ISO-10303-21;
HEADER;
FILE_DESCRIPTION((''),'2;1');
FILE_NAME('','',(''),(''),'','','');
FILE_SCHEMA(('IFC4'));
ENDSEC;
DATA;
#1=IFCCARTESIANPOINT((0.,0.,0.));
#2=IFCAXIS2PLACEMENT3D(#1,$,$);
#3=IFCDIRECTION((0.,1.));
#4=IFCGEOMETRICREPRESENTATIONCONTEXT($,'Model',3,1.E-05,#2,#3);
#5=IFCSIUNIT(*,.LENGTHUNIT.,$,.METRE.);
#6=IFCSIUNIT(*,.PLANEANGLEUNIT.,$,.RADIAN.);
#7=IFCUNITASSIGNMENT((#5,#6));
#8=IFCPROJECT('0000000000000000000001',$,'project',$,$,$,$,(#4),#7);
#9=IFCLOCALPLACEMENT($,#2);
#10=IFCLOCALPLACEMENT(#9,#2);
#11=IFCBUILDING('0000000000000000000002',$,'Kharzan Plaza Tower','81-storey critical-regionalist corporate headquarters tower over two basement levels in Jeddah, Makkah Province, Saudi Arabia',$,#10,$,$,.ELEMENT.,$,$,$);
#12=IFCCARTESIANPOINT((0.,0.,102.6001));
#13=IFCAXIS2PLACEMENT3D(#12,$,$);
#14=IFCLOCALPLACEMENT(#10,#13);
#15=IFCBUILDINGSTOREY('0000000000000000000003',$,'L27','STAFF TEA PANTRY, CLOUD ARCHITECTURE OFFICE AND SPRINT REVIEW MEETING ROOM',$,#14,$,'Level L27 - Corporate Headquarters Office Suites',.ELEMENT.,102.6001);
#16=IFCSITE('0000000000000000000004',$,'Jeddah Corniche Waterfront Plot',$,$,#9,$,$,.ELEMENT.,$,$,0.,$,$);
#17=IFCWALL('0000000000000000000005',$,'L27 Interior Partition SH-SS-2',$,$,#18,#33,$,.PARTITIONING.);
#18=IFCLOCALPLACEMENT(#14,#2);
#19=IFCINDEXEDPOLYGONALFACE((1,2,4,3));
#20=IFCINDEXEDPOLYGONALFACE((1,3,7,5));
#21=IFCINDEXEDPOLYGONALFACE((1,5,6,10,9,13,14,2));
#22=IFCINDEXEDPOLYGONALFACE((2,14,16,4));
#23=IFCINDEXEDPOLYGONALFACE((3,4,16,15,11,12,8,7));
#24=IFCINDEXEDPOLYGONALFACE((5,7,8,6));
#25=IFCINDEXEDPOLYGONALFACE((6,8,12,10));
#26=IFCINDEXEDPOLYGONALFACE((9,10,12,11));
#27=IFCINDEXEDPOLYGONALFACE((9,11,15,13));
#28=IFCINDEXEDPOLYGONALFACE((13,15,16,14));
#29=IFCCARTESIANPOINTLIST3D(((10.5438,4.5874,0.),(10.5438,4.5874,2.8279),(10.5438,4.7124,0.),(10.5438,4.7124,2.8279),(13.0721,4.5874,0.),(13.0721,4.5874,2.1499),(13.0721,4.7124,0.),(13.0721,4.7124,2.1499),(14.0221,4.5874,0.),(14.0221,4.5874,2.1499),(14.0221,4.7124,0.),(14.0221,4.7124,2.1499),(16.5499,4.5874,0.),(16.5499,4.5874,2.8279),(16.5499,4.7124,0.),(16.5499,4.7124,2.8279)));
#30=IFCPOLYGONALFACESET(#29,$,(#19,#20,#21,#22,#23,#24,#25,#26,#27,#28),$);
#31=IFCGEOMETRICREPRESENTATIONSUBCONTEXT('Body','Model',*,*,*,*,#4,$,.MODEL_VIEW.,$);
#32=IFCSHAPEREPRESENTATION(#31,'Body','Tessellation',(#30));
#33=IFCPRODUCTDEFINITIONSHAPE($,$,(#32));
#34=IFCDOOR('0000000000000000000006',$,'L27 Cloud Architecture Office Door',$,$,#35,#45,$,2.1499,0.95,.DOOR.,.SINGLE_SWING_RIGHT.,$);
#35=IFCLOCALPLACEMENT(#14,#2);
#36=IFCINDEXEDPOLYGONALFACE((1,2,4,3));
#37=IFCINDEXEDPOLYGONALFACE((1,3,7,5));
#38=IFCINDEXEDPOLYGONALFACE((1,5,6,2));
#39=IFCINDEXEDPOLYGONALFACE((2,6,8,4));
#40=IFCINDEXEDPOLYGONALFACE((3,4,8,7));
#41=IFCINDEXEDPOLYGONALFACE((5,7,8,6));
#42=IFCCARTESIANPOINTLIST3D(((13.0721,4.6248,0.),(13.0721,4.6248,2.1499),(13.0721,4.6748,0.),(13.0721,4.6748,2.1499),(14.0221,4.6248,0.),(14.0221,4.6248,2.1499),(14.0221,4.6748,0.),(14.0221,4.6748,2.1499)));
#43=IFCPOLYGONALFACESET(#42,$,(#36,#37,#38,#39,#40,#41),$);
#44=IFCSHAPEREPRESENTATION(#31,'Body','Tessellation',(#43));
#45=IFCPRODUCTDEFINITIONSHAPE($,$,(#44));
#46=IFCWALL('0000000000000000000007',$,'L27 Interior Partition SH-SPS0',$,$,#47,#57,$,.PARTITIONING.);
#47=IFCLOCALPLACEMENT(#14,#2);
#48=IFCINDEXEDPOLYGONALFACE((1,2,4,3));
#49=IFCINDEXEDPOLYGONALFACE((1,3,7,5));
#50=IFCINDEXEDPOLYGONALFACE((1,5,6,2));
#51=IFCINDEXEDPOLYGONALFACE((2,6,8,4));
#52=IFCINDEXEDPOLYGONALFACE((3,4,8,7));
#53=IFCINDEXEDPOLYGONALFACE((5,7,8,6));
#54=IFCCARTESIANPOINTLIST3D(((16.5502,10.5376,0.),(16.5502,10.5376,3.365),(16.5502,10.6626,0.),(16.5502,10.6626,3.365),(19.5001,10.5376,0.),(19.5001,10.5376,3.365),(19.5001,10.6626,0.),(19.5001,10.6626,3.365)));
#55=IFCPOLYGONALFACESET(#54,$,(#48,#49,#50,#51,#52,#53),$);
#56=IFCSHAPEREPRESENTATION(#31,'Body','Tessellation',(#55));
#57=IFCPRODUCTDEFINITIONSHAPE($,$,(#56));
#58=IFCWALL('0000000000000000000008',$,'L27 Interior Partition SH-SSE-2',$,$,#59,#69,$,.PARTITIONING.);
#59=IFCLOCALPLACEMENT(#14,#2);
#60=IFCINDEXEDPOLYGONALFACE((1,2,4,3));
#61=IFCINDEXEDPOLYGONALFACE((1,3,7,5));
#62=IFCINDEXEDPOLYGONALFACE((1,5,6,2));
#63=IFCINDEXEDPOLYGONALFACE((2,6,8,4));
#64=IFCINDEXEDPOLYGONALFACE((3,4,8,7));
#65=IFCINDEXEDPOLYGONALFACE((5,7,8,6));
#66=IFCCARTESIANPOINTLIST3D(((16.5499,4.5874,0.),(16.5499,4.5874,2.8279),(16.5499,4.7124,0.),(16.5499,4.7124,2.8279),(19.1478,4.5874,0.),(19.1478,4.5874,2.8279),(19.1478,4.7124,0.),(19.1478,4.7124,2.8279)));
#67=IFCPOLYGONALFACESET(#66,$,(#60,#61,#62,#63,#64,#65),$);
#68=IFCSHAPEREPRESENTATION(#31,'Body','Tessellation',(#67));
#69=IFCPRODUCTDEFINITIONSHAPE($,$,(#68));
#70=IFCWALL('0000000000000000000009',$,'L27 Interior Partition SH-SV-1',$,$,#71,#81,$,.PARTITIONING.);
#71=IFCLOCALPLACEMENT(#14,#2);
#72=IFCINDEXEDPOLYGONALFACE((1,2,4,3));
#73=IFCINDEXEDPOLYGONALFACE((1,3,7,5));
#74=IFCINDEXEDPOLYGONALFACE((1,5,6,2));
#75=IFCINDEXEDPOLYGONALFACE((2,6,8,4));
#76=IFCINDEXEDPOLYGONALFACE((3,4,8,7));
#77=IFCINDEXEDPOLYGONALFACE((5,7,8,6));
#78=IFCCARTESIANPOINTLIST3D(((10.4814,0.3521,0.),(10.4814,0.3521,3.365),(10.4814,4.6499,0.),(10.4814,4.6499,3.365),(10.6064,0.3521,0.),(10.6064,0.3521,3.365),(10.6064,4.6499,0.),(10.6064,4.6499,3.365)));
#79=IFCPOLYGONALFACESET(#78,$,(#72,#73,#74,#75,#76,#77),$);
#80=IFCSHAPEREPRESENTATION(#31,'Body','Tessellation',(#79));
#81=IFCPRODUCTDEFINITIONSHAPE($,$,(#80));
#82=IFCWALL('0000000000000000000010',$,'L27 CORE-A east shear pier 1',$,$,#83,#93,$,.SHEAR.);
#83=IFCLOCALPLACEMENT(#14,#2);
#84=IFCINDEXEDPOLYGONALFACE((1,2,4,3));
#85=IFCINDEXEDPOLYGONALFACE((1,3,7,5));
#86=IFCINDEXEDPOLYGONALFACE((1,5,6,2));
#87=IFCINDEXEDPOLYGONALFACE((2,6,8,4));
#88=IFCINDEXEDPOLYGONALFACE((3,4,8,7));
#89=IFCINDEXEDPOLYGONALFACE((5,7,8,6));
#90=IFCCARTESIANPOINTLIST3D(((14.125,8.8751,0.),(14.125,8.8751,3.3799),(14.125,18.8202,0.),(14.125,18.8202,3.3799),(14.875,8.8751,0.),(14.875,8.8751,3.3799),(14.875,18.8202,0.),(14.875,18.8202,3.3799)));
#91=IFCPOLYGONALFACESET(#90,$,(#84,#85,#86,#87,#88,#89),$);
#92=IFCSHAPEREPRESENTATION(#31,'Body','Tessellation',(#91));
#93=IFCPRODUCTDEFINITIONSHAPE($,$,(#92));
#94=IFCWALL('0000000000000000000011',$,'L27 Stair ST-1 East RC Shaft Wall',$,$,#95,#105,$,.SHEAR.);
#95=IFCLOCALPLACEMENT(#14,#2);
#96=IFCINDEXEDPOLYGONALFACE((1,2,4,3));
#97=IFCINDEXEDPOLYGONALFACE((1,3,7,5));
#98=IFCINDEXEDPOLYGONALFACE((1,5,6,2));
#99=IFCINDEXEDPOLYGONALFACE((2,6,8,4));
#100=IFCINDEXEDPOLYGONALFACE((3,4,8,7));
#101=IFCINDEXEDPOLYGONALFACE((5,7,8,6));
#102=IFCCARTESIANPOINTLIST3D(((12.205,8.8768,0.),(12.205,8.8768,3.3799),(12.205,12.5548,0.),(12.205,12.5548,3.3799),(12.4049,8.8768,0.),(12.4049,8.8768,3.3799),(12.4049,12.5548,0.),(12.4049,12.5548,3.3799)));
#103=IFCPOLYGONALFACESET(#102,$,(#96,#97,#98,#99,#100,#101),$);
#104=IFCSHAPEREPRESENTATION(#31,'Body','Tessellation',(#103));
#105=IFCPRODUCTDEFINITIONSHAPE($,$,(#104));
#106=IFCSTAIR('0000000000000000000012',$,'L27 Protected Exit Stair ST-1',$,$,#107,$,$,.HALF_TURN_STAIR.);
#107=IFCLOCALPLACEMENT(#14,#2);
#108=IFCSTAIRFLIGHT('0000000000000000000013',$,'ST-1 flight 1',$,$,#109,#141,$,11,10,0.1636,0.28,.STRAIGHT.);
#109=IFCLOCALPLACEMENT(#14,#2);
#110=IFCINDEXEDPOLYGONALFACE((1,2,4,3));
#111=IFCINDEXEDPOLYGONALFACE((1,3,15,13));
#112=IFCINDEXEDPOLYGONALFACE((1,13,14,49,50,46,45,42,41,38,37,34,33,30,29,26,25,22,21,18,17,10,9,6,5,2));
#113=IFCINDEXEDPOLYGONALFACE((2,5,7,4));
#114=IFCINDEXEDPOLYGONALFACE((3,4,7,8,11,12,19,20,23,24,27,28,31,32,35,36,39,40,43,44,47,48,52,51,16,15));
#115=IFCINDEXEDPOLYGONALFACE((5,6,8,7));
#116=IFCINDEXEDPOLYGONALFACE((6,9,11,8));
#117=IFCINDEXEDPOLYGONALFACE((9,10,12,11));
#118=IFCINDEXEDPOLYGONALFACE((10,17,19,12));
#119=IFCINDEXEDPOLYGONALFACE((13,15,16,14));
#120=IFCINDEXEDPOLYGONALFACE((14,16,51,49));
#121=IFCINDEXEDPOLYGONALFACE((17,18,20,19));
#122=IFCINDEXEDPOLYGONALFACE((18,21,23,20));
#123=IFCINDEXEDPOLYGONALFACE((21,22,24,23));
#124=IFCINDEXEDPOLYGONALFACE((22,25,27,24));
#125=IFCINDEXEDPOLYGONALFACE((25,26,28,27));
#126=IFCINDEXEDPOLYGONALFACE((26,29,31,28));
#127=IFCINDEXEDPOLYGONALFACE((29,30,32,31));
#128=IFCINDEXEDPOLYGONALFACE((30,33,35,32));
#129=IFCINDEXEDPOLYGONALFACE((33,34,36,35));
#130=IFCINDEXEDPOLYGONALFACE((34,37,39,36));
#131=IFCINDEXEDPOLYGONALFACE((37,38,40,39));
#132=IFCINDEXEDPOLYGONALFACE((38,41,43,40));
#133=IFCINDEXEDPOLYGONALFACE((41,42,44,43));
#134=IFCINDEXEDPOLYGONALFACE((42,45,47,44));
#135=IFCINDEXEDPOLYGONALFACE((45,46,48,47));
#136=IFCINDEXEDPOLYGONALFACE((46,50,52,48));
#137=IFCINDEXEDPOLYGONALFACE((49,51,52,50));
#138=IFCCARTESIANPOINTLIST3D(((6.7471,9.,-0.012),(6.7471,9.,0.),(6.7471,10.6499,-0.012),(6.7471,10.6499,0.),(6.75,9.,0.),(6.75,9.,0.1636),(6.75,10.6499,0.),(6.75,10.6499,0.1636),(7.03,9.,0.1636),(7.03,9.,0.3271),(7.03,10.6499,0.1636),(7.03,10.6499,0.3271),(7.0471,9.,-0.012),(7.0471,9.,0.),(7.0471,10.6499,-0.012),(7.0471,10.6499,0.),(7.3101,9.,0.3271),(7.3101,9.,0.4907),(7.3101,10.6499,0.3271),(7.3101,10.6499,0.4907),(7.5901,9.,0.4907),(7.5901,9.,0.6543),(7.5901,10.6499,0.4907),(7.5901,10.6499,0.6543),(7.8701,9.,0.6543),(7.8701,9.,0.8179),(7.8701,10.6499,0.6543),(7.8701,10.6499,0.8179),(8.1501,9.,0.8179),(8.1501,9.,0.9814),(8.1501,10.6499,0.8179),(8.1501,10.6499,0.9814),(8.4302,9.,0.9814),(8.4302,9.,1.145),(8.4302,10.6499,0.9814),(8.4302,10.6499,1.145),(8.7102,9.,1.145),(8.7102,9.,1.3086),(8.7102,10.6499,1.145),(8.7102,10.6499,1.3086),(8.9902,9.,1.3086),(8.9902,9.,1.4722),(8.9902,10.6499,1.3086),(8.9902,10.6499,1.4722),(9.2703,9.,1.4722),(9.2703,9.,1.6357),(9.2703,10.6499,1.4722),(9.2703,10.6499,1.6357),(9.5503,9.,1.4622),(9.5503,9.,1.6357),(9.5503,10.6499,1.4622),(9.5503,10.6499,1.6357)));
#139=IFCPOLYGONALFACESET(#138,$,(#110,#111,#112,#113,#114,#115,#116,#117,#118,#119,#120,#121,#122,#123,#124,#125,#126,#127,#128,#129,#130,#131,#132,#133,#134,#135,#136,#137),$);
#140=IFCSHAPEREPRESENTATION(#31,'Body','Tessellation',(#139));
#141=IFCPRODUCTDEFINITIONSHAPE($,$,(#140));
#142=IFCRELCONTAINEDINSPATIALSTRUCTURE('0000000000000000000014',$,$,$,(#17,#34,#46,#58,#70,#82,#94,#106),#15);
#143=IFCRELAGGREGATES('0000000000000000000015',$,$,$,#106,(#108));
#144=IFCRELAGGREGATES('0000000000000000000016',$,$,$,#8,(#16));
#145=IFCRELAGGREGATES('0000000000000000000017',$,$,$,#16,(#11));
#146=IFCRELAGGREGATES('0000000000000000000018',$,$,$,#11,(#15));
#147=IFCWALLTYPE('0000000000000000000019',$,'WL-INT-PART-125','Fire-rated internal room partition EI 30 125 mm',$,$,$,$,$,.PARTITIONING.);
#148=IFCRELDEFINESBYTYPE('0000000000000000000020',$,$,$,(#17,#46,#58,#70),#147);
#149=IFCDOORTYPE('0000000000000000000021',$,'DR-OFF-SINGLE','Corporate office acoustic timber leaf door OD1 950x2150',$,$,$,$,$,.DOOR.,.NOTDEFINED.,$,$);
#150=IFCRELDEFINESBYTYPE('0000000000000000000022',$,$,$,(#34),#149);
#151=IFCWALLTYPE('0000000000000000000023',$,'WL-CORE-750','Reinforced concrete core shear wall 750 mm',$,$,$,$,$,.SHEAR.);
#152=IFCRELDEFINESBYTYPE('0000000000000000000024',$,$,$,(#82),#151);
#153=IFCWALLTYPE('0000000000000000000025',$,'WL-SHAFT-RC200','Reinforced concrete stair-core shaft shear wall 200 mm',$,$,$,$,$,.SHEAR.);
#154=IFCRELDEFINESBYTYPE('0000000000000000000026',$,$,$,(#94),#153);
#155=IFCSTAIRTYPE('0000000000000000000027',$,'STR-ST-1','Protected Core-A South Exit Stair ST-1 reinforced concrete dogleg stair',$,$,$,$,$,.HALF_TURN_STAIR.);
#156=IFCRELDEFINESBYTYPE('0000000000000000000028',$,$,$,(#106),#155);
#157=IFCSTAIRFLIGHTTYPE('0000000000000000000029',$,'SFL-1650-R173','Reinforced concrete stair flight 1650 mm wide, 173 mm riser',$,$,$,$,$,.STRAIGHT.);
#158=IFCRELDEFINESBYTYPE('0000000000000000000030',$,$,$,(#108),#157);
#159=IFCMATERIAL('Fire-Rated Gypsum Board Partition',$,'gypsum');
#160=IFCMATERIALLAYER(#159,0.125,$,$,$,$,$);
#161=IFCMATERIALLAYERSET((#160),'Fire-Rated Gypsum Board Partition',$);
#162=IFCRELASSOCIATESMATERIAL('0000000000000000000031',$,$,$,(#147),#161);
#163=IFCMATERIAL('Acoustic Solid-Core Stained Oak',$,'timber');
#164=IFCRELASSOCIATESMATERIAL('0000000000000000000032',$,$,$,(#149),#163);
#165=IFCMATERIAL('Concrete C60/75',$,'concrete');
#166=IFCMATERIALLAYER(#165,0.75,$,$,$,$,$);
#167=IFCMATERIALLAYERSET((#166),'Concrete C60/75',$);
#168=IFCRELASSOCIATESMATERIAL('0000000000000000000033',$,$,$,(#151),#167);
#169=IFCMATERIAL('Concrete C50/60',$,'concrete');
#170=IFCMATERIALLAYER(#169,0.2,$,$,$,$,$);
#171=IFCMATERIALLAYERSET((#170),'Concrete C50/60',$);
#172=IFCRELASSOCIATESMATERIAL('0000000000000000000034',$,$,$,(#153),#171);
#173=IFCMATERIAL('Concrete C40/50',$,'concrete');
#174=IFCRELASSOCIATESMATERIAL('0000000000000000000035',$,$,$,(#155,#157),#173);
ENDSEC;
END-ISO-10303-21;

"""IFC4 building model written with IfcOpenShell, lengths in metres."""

from ifc_helpers import new_model, si_unit, direction, frame, frame_2d, origin, place, context, subcontext, project, spatial, polyline, rectangle, outline, extrude, source, transform, mapped, material, layer, layer_set, type_object, element, fill, aggregate, save


model = new_model("IFC4")

# Units and contexts
model_context = context("Model", 3, precision=1e-05, world=origin(), true_north=direction((0.0, 1.0)))
body_context = subcontext(model_context, "Body", "Model", "MODEL_VIEW")
ifc_project = project(units=[si_unit("LENGTHUNIT", "METRE"), si_unit("PLANEANGLEUNIT", "RADIAN")], contexts=[model_context])

# Site, building, storey
site_placement = place(None, origin())
site = spatial("IfcSite", under=ifc_project, at=site_placement, Name="Jeddah Corniche Waterfront Plot", CompositionType="ELEMENT", RefElevation=0.0)
building_placement = place(site_placement, origin())
building = spatial("IfcBuilding", under=site, at=building_placement, Name="Kharzan Plaza Tower", Description="81-storey critical-regionalist corporate headquarters tower over two basement levels in Jeddah, Makkah Province, Saudi Arabia", CompositionType="ELEMENT")
storey_placement = place(building_placement, frame((0.0, 0.0, 102.6001)))
storey = spatial("IfcBuildingStorey", under=building, at=storey_placement, Name="L27", Description="STAFF TEA PANTRY, CLOUD ARCHITECTURE OFFICE AND SPRINT REVIEW MEETING ROOM", LongName="Level L27 - Corporate Headquarters Office Suites", CompositionType="ELEMENT", Elevation=102.6001)

# Shared definitions
ifc_material_1 = material(Name="Concrete C60/75", Category="concrete")

# Shared definitions
ifc_material_2 = material(Name="Concrete C40/50", Category="concrete")

# Wall, opening, door
ifc_material_3 = material(Name="Fire-Rated Gypsum Board Partition", Category="gypsum")
ifc_layer_1 = layer(ifc_material_3, 0.125)
ifc_layer_set_1 = layer_set([ifc_layer_1], Name="Fire-Rated Gypsum Board Partition")
wall_type_1 = type_object("IfcWallType", Name="WL-INT-PART-125", Description="Fire-rated internal room partition EI 30 125 mm", PredefinedType="PARTITIONING", material=ifc_layer_set_1)
ifc_material_4 = material(Name="Acoustic Solid-Core Stained Oak", Category="timber")
door_type = type_object("IfcDoorType", Name="DR-OFF-SINGLE", Description="Corporate office acoustic timber leaf door OD1 950x2150", OperationType="NOTDEFINED", PredefinedType="DOOR", material=ifc_material_4)
shared_shape_1 = source(origin(), body_context, "Body", "SweptSolid", [
    extrude(rectangle(XDim=0.95, YDim=2.1499, at=frame_2d((0.4751, 1.075))), frame((0.0, 0.0249, 0.0), z_axis=(0.0, -1.0, 0.0), x_axis=(1.0, 0.0, 0.0)), (0.0, 0.0, 1.0), 0.05),
])
wall_1_placement = place(storey_placement, frame((10.5439, 4.6499, 0.0), z_axis=(0.0, 0.0, 1.0), x_axis=(1.0, 0.0, 0.0)))
wall_1 = element("IfcWall", 1, at=wall_1_placement, inside=storey, type_object=wall_type_1, Name="L27 Interior Partition SH-SS-2", PredefinedType="PARTITIONING", context=body_context, shape_type="SweptSolid", body=[
    extrude(rectangle(XDim=6.0061, YDim=0.125, at=frame_2d((3.0029, 0.0))), origin(), (0.0, 0.0, 1.0), 2.8279),
])
opening_1_placement = place(wall_1_placement, frame((2.5281, 0.0, 0.0)))
opening_1 = element("IfcOpeningElement", 2, at=opening_1_placement, cuts=wall_1, PredefinedType="OPENING", context=body_context, shape_type="SweptSolid", body=[
    extrude(rectangle(XDim=0.95, YDim=2.1499, at=frame_2d((0.4751, 1.075))), frame((0.0, 0.0725, 0.0), z_axis=(0.0, -1.0, 0.0), x_axis=(1.0, 0.0, 0.0)), (0.0, 0.0, 1.0), 0.145),
])
door_1_placement = place(opening_1_placement, origin())
door_1 = element("IfcDoor", 3, at=door_1_placement, inside=storey, type_object=door_type, Name="L27 Cloud Architecture Office Door", OperationType="SINGLE_SWING_RIGHT", OverallHeight=2.1499, OverallWidth=0.95, PredefinedType="DOOR", context=body_context, shape_type="MappedRepresentation", body=[
    mapped(shared_shape_1, transform((0.0, 0.0, 0.0), x_axis=(1.0, 0.0, 0.0), y_axis=(0.0, 1.0, 0.0), z_axis=(0.0, 0.0, 1.0))),
])
fill(opening_1, door_1)

# Walls
shared_shape_2 = source(origin(), body_context, "Body", "SweptSolid", [
    extrude(rectangle(XDim=2.95, YDim=0.125, at=frame_2d((1.4751, 0.0))), origin(), (0.0, 0.0, 1.0), 3.365),
])
wall_2_placement = place(storey_placement, frame((16.55, 10.6001, 0.0), z_axis=(0.0, 0.0, 1.0), x_axis=(1.0, 0.0, 0.0)))
element("IfcWall", 4, at=wall_2_placement, inside=storey, type_object=wall_type_1, Name="L27 Interior Partition SH-SPS0", PredefinedType="PARTITIONING", context=body_context, shape_type="MappedRepresentation", body=[
    mapped(shared_shape_2, transform((0.0, 0.0, 0.0), x_axis=(1.0, 0.0, 0.0), y_axis=(0.0, 1.0, 0.0), z_axis=(0.0, 0.0, 1.0))),
])
shared_shape_3 = source(origin(), body_context, "Body", "SweptSolid", [
    extrude(rectangle(XDim=2.5979, YDim=0.125, at=frame_2d((1.2988, 0.0))), origin(), (0.0, 0.0, 1.0), 2.8279),
])
wall_3_placement = place(storey_placement, frame((16.55, 4.6499, 0.0), z_axis=(0.0, 0.0, 1.0), x_axis=(1.0, 0.0, 0.0)))
element("IfcWall", 5, at=wall_3_placement, inside=storey, type_object=wall_type_1, Name="L27 Interior Partition SH-SSE-2", PredefinedType="PARTITIONING", context=body_context, shape_type="MappedRepresentation", body=[
    mapped(shared_shape_3, transform((0.0, 0.0, 0.0), x_axis=(1.0, 0.0, 0.0), y_axis=(0.0, 1.0, 0.0), z_axis=(0.0, 0.0, 1.0))),
])
shared_shape_4 = source(origin(), body_context, "Body", "SweptSolid", [
    extrude(rectangle(XDim=4.2979, YDim=0.125, at=frame_2d((2.1489, 0.0))), origin(), (0.0, 0.0, 1.0), 3.365),
])
wall_4_placement = place(storey_placement, frame((10.5439, 0.3521, 0.0), z_axis=(0.0, 0.0, 1.0), x_axis=(0.0, 1.0, 0.0)))
element("IfcWall", 6, at=wall_4_placement, inside=storey, type_object=wall_type_1, Name="L27 Interior Partition SH-SV-1", PredefinedType="PARTITIONING", context=body_context, shape_type="MappedRepresentation", body=[
    mapped(shared_shape_4, transform((0.0, 0.0, 0.0), x_axis=(1.0, 0.0, 0.0), y_axis=(0.0, 1.0, 0.0), z_axis=(0.0, 0.0, 1.0))),
])
ifc_layer_2 = layer(ifc_material_1, 0.75)
ifc_layer_set_2 = layer_set([ifc_layer_2], Name="Concrete C60/75")
wall_type_2 = type_object("IfcWallType", Name="WL-CORE-750", Description="Reinforced concrete core shear wall 750 mm", PredefinedType="SHEAR", material=ifc_layer_set_2)
shared_shape_5 = source(origin(), body_context, "Body", "SweptSolid", [
    extrude(rectangle(XDim=9.9451, YDim=0.75, at=frame_2d((4.9727, 0.0))), origin(), (0.0, 0.0, 1.0), 3.3799),
])
wall_5_placement = place(storey_placement, frame((14.5, 8.875, 0.0), z_axis=(0.0, 0.0, 1.0), x_axis=(0.0, 1.0, 0.0)))
element("IfcWall", 7, at=wall_5_placement, inside=storey, type_object=wall_type_2, Name="L27 CORE-A east shear pier 1", PredefinedType="SHEAR", context=body_context, shape_type="MappedRepresentation", body=[
    mapped(shared_shape_5, transform((0.0, 0.0, 0.0), x_axis=(1.0, 0.0, 0.0), y_axis=(0.0, 1.0, 0.0), z_axis=(0.0, 0.0, 1.0))),
])
ifc_material_5 = material(Name="Concrete C50/60", Category="concrete")
ifc_layer_3 = layer(ifc_material_5, 0.2)
ifc_layer_set_3 = layer_set([ifc_layer_3], Name="Concrete C50/60")
wall_type_3 = type_object("IfcWallType", Name="WL-SHAFT-RC200", Description="Reinforced concrete stair-core shaft shear wall 200 mm", PredefinedType="SHEAR", material=ifc_layer_set_3)
shared_shape_6 = source(origin(), body_context, "Body", "SweptSolid", [
    extrude(rectangle(XDim=3.678, YDim=0.2, at=frame_2d((1.8389, 0.0))), origin(), (0.0, 0.0, 1.0), 3.3799),
])
wall_6_placement = place(storey_placement, frame((12.3049, 8.877, 0.0), z_axis=(0.0, 0.0, 1.0), x_axis=(0.0, 1.0, 0.0)))
element("IfcWall", 8, at=wall_6_placement, inside=storey, type_object=wall_type_3, Name="L27 Stair ST-1 East RC Shaft Wall", PredefinedType="SHEAR", context=body_context, shape_type="MappedRepresentation", body=[
    mapped(shared_shape_6, transform((0.0, 0.0, 0.0), x_axis=(1.0, 0.0, 0.0), y_axis=(0.0, 1.0, 0.0), z_axis=(0.0, 0.0, 1.0))),
])

# Stair, stair flight
stair_type = type_object("IfcStairType", Name="STR-ST-1", Description="Protected Core-A South Exit Stair ST-1 reinforced concrete dogleg stair", PredefinedType="HALF_TURN_STAIR", material=ifc_material_2)
stair_placement = place(storey_placement, origin())
stair = element("IfcStair", 9, at=stair_placement, inside=storey, type_object=stair_type, Name="L27 Protected Exit Stair ST-1", PredefinedType="HALF_TURN_STAIR")
stair_flight_type = type_object("IfcStairFlightType", Name="SFL-1650-R173", Description="Reinforced concrete stair flight 1650 mm wide, 173 mm riser", PredefinedType="STRAIGHT", material=ifc_material_2)
shared_shape_7 = source(origin(), body_context, "Body", "SweptSolid", [
    extrude(outline(polyline([(-0.0029, -0.012), (-0.0029, 0.0), (0.0, 0.0), (0.0, 0.1636), (0.28, 0.1636), (0.28, 0.3271), (0.5601, 0.3271), (0.5601, 0.4907), (0.8401, 0.4907), (0.8401, 0.6543), (1.1201, 0.6543), (1.1201, 0.8179), (1.4001, 0.8179), (1.4001, 0.9814), (1.6802, 0.9814), (1.6802, 1.145), (1.9602, 1.145), (1.9602, 1.3086), (2.2402, 1.3086), (2.2402, 1.4722), (2.5203, 1.4722), (2.5203, 1.6357), (2.8003, 1.6357), (2.8003, 1.7993), (2.8003, 1.4622), (0.2971, 0.0), (0.2971, -0.012), (-0.0029, -0.012)])), frame((0.0, 0.825, 0.0), z_axis=(0.0, -1.0, 0.0), x_axis=(1.0, 0.0, 0.0)), (0.0, 0.0, 1.0), 1.6499),
])
stair_flight_placement = place(storey_placement, frame((6.75, 9.825, 0.0), z_axis=(0.0, 0.0, 1.0), x_axis=(1.0, 0.0, 0.0)))
stair_flight = element("IfcStairFlight", 10, at=stair_flight_placement, type_object=stair_flight_type, Name="ST-1 flight 1", NumberOfRisers=11, NumberOfTreads=10, PredefinedType="STRAIGHT", RiserHeight=0.1636, TreadLength=0.28, context=body_context, shape_type="MappedRepresentation", body=[
    mapped(shared_shape_7, transform((0.0, 0.0, 0.0), x_axis=(1.0, 0.0, 0.0), y_axis=(0.0, 1.0, 0.0), z_axis=(0.0, 0.0, 1.0))),
])
aggregate(stair, [stair_flight])

save(model, "model.ifc")
